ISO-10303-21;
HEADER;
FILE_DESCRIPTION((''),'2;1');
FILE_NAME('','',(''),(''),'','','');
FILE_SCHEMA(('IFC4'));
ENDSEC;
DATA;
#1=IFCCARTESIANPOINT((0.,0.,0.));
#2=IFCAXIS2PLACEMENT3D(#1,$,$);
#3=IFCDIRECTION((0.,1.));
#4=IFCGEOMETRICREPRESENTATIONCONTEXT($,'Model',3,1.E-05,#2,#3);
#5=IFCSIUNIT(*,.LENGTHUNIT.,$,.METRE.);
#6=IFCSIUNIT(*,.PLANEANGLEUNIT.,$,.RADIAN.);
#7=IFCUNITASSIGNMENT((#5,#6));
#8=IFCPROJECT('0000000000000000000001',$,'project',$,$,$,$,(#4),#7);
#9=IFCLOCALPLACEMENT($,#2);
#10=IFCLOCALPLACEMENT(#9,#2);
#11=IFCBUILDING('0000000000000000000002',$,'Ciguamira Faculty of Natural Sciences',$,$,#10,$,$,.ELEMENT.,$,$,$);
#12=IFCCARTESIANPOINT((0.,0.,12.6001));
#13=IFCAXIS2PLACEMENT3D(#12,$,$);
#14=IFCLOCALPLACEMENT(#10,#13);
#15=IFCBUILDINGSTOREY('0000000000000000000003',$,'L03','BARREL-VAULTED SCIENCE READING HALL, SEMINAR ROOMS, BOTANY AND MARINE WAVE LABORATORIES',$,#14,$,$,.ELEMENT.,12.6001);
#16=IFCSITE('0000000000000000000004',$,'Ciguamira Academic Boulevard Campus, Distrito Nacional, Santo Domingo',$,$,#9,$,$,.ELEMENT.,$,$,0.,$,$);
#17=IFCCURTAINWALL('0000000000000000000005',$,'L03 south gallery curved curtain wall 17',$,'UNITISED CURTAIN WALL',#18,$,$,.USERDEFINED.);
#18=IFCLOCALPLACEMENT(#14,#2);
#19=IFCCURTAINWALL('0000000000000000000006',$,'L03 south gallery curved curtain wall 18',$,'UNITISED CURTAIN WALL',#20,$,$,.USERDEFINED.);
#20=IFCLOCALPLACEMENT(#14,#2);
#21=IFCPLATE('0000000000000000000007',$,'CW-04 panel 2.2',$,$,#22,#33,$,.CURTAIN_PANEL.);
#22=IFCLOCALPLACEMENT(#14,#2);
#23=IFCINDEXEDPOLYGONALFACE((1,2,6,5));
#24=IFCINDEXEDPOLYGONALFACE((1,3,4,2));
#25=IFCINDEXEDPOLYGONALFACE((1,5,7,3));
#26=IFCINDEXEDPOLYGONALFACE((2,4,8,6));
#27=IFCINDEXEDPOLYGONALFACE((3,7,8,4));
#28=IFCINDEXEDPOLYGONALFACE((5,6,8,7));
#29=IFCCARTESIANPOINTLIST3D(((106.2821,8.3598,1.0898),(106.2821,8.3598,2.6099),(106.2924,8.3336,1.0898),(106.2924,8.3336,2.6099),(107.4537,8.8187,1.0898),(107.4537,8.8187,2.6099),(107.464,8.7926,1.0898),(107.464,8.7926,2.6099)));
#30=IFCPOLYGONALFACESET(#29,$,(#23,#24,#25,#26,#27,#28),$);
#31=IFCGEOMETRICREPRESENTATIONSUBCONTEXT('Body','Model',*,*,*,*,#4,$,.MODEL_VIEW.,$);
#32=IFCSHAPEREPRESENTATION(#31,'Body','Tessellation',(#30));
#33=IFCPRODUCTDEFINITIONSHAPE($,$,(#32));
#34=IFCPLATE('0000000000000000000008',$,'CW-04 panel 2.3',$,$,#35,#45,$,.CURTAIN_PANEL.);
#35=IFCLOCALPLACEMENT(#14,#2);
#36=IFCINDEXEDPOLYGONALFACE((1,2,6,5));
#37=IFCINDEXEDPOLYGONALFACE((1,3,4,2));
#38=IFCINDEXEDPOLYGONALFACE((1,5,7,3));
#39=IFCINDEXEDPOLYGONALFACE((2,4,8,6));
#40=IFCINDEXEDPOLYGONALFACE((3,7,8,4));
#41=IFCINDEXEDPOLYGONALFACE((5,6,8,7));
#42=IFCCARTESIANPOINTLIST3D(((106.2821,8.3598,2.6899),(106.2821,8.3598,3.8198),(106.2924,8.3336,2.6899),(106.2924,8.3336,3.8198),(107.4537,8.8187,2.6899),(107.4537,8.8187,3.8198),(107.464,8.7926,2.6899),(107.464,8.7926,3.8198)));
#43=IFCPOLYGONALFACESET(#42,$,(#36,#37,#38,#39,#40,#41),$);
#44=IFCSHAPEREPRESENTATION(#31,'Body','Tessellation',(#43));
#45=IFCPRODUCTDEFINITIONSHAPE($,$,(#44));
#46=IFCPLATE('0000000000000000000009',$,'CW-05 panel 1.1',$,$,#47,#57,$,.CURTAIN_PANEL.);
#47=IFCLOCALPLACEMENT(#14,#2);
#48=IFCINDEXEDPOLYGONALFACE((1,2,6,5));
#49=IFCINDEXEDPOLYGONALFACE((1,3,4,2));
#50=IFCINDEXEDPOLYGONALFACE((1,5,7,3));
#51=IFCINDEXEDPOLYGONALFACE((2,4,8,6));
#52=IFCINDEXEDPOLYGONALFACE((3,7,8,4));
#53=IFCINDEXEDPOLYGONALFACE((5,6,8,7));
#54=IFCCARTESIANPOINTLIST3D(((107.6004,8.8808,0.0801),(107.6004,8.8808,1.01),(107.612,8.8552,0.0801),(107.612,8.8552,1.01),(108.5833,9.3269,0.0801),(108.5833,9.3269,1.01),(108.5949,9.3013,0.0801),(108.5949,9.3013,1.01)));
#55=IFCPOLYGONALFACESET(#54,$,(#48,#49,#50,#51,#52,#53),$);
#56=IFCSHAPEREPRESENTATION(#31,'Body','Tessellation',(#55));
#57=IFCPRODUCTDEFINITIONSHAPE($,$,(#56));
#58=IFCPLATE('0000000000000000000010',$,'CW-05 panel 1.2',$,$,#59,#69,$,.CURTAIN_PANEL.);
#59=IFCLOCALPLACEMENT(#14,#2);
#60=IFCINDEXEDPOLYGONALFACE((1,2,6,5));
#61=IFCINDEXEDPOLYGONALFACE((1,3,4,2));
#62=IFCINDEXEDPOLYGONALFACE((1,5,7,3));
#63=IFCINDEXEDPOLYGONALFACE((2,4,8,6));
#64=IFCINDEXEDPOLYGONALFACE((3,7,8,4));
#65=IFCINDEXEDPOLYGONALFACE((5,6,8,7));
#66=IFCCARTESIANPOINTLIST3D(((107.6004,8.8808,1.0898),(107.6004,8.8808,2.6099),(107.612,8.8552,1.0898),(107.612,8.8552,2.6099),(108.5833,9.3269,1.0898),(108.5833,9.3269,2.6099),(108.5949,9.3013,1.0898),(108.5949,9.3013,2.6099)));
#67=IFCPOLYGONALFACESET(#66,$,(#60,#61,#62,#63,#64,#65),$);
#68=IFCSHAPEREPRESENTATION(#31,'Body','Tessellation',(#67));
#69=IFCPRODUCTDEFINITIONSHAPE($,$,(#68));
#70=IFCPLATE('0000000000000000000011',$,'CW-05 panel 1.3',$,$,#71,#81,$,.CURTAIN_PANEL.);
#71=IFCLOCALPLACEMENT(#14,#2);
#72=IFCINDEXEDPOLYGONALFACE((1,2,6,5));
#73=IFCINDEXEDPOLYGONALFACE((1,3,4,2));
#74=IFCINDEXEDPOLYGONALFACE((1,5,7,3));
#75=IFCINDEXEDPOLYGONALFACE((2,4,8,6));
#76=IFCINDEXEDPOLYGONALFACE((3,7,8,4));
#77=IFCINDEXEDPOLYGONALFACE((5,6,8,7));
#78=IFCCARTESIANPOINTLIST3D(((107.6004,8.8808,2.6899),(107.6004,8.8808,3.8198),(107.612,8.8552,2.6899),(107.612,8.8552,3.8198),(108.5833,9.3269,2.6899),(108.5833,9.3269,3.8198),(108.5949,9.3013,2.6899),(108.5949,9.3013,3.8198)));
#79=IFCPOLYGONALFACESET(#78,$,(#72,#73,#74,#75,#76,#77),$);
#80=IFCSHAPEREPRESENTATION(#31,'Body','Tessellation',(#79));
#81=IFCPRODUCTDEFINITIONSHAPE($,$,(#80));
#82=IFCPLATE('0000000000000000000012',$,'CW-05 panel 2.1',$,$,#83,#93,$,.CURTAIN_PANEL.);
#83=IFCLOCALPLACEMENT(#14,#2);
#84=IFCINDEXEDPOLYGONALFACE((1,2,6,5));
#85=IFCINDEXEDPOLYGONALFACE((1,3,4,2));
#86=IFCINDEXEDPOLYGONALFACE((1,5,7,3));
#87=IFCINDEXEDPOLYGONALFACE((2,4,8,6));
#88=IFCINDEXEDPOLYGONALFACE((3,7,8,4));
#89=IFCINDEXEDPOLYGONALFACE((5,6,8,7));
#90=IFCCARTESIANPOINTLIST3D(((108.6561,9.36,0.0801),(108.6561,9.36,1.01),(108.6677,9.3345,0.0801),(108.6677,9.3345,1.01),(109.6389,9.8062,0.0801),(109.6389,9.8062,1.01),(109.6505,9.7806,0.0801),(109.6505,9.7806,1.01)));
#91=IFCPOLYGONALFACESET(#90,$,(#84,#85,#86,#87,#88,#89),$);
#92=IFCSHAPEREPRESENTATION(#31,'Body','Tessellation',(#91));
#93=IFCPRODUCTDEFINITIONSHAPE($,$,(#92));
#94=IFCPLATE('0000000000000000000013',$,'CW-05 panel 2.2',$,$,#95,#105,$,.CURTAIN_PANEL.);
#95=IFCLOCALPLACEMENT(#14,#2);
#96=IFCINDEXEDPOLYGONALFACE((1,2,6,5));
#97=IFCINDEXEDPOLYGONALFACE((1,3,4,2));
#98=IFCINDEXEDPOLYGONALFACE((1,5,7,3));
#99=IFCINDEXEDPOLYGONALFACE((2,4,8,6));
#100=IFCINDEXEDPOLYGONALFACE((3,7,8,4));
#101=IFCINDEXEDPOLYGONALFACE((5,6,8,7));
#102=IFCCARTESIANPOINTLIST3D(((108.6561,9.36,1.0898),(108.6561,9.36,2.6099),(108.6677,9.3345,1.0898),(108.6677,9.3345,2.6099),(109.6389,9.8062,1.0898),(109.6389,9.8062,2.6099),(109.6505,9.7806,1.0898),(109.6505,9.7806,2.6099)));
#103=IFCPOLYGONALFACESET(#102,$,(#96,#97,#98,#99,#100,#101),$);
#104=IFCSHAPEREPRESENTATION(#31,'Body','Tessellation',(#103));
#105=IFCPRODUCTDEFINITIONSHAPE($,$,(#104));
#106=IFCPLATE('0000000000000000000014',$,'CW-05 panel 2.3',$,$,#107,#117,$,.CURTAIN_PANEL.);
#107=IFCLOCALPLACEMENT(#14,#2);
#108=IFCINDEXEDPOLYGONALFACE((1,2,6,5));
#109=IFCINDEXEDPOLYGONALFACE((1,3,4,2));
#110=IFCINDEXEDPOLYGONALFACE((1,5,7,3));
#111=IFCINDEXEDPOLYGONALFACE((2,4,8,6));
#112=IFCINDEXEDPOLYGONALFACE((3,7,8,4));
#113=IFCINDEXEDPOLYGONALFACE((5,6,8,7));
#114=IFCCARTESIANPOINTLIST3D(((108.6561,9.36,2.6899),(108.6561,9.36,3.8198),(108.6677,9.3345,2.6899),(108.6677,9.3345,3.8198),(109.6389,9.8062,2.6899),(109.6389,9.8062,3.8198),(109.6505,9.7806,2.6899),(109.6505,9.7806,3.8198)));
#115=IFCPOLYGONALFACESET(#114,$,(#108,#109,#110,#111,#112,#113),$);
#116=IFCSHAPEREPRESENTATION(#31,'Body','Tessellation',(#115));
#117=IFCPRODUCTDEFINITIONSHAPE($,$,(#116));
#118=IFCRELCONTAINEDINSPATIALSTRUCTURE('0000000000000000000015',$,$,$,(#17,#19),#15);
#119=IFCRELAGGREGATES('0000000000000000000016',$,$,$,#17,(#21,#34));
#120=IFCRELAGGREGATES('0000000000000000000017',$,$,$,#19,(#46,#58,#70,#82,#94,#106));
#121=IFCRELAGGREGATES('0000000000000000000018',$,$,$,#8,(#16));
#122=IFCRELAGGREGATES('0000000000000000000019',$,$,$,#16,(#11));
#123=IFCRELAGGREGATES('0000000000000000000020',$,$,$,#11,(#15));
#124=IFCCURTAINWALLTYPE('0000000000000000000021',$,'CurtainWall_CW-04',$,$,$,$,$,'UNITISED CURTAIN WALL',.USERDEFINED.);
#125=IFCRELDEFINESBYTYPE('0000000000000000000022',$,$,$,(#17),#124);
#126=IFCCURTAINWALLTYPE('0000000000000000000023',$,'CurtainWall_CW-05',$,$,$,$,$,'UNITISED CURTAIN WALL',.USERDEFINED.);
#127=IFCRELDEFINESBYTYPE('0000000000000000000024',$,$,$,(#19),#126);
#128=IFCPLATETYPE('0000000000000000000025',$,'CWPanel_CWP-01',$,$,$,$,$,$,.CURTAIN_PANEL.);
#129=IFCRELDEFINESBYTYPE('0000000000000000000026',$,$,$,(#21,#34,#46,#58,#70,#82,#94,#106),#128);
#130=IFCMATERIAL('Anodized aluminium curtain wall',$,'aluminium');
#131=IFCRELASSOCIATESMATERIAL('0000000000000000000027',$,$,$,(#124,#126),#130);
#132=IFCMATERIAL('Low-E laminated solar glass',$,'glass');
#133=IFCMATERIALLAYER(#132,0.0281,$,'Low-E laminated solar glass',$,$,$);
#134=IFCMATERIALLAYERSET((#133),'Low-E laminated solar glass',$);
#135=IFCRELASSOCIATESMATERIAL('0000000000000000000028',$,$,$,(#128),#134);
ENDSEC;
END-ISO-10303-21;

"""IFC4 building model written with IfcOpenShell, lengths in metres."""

from ifc_helpers import new_model, si_unit, direction, frame, origin, origin_2d, place, context, subcontext, project, spatial, rectangle, extrude, material, layer, layer_set, type_object, element, aggregate, save


model = new_model("IFC4")

# Units and contexts
model_context = context("Model", 3, precision=1e-05, world=origin(), true_north=direction((0.0, 1.0)))
body_context = subcontext(model_context, "Body", "Model", "MODEL_VIEW")
ifc_project = project(units=[si_unit("LENGTHUNIT", "METRE"), si_unit("PLANEANGLEUNIT", "RADIAN")], contexts=[model_context])

# Site, building, storey
site_placement = place(None, origin())
site = spatial("IfcSite", under=ifc_project, at=site_placement, Name="Ciguamira Academic Boulevard Campus, Distrito Nacional, Santo Domingo", CompositionType="ELEMENT", RefElevation=0.0)
building_placement = place(site_placement, origin())
building = spatial("IfcBuilding", under=site, at=building_placement, Name="Ciguamira Faculty of Natural Sciences", CompositionType="ELEMENT")
storey_placement = place(building_placement, frame((0.0, 0.0, 12.6001)))
storey = spatial("IfcBuildingStorey", under=building, at=storey_placement, Name="L03", Description="BARREL-VAULTED SCIENCE READING HALL, SEMINAR ROOMS, BOTANY AND MARINE WAVE LABORATORIES", CompositionType="ELEMENT", Elevation=12.6001)

# Curtain wall
ifc_material_1 = material(Name="Anodized aluminium curtain wall", Category="aluminium")
curtain_wall_type_1 = type_object("IfcCurtainWallType", Name="CurtainWall_CW-04", ElementType="UNITISED CURTAIN WALL", PredefinedType="USERDEFINED", material=ifc_material_1)
curtain_wall_1_placement = place(storey_placement, origin())
curtain_wall_1 = element("IfcCurtainWall", 1, at=curtain_wall_1_placement, inside=storey, type_object=curtain_wall_type_1, Name="L03 south gallery curved curtain wall 17", ObjectType="UNITISED CURTAIN WALL", PredefinedType="USERDEFINED")

# Curtain wall
curtain_wall_type_2 = type_object("IfcCurtainWallType", Name="CurtainWall_CW-05", ElementType="UNITISED CURTAIN WALL", PredefinedType="USERDEFINED", material=ifc_material_1)
curtain_wall_2_placement = place(storey_placement, origin())
curtain_wall_2 = element("IfcCurtainWall", 2, at=curtain_wall_2_placement, inside=storey, type_object=curtain_wall_type_2, Name="L03 south gallery curved curtain wall 18", ObjectType="UNITISED CURTAIN WALL", PredefinedType="USERDEFINED")

# Plates
ifc_material_2 = material(Name="Low-E laminated solar glass", Category="glass")
ifc_layer = layer(ifc_material_2, 0.0281, Name="Low-E laminated solar glass")
ifc_layer_set = layer_set([ifc_layer], Name="Low-E laminated solar glass")
plate_type = type_object("IfcPlateType", Name="CWPanel_CWP-01", PredefinedType="CURTAIN_PANEL", material=ifc_layer_set)
plate_1_placement = place(storey_placement, frame((106.873, 8.5762, 1.0898), z_axis=(0.0, 0.0, 1.0), x_axis=(0.931122, 0.364707, 0.0)))
plate_1 = element("IfcPlate", 3, at=plate_1_placement, type_object=plate_type, Name="CW-04 panel 2.2", PredefinedType="CURTAIN_PANEL", context=body_context, shape_type="SweptSolid", body=[
    extrude(rectangle(XDim=1.2583, YDim=0.0281, at=origin_2d()), origin(), (0.0, 0.0, 1.0), 1.52),
])
plate_2_placement = place(storey_placement, frame((106.873, 8.5762, 2.6899), z_axis=(0.0, 0.0, 1.0), x_axis=(0.931122, 0.364707, 0.0)))
plate_2 = element("IfcPlate", 4, at=plate_2_placement, type_object=plate_type, Name="CW-04 panel 2.3", PredefinedType="CURTAIN_PANEL", context=body_context, shape_type="SweptSolid", body=[
    extrude(rectangle(XDim=1.2583, YDim=0.0281, at=origin_2d()), origin(), (0.0, 0.0, 1.0), 1.1299),
])
aggregate(curtain_wall_1, [plate_1, plate_2])
plate_3_placement = place(storey_placement, frame((108.0977, 9.0911, 0.0801), z_axis=(0.0, 0.0, 1.0), x_axis=(0.910581, 0.413332, 0.0)))
plate_3 = element("IfcPlate", 5, at=plate_3_placement, type_object=plate_type, Name="CW-05 panel 1.1", PredefinedType="CURTAIN_PANEL", context=body_context, shape_type="SweptSolid", body=[
    extrude(rectangle(XDim=1.0793, YDim=0.0281, at=origin_2d()), origin(), (0.0, 0.0, 1.0), 0.9299),
])
plate_4_placement = place(storey_placement, frame((108.0977, 9.0911, 1.0898), z_axis=(0.0, 0.0, 1.0), x_axis=(0.910581, 0.413332, 0.0)))
plate_4 = element("IfcPlate", 6, at=plate_4_placement, type_object=plate_type, Name="CW-05 panel 1.2", PredefinedType="CURTAIN_PANEL", context=body_context, shape_type="SweptSolid", body=[
    extrude(rectangle(XDim=1.0793, YDim=0.0281, at=origin_2d()), origin(), (0.0, 0.0, 1.0), 1.52),
])
plate_5_placement = place(storey_placement, frame((108.0977, 9.0911, 2.6899), z_axis=(0.0, 0.0, 1.0), x_axis=(0.910581, 0.413332, 0.0)))
plate_5 = element("IfcPlate", 7, at=plate_5_placement, type_object=plate_type, Name="CW-05 panel 1.3", PredefinedType="CURTAIN_PANEL", context=body_context, shape_type="SweptSolid", body=[
    extrude(rectangle(XDim=1.0793, YDim=0.0281, at=origin_2d()), origin(), (0.0, 0.0, 1.0), 1.1299),
])
plate_6_placement = place(storey_placement, frame((109.1533, 9.5703, 0.0801), z_axis=(0.0, 0.0, 1.0), x_axis=(0.910581, 0.413332, 0.0)))
plate_6 = element("IfcPlate", 8, at=plate_6_placement, type_object=plate_type, Name="CW-05 panel 2.1", PredefinedType="CURTAIN_PANEL", context=body_context, shape_type="SweptSolid", body=[
    extrude(rectangle(XDim=1.0793, YDim=0.0281, at=origin_2d()), origin(), (0.0, 0.0, 1.0), 0.9299),
])
plate_7_placement = place(storey_placement, frame((109.1533, 9.5703, 1.0898), z_axis=(0.0, 0.0, 1.0), x_axis=(0.910581, 0.413332, 0.0)))
plate_7 = element("IfcPlate", 9, at=plate_7_placement, type_object=plate_type, Name="CW-05 panel 2.2", PredefinedType="CURTAIN_PANEL", context=body_context, shape_type="SweptSolid", body=[
    extrude(rectangle(XDim=1.0793, YDim=0.0281, at=origin_2d()), origin(), (0.0, 0.0, 1.0), 1.52),
])
plate_8_placement = place(storey_placement, frame((109.1533, 9.5703, 2.6899), z_axis=(0.0, 0.0, 1.0), x_axis=(0.910581, 0.413332, 0.0)))
plate_8 = element("IfcPlate", 10, at=plate_8_placement, type_object=plate_type, Name="CW-05 panel 2.3", PredefinedType="CURTAIN_PANEL", context=body_context, shape_type="SweptSolid", body=[
    extrude(rectangle(XDim=1.0793, YDim=0.0281, at=origin_2d()), origin(), (0.0, 0.0, 1.0), 1.1299),
])
aggregate(curtain_wall_2, [plate_3, plate_4, plate_5, plate_6, plate_7, plate_8])

save(model, "model.ifc")
